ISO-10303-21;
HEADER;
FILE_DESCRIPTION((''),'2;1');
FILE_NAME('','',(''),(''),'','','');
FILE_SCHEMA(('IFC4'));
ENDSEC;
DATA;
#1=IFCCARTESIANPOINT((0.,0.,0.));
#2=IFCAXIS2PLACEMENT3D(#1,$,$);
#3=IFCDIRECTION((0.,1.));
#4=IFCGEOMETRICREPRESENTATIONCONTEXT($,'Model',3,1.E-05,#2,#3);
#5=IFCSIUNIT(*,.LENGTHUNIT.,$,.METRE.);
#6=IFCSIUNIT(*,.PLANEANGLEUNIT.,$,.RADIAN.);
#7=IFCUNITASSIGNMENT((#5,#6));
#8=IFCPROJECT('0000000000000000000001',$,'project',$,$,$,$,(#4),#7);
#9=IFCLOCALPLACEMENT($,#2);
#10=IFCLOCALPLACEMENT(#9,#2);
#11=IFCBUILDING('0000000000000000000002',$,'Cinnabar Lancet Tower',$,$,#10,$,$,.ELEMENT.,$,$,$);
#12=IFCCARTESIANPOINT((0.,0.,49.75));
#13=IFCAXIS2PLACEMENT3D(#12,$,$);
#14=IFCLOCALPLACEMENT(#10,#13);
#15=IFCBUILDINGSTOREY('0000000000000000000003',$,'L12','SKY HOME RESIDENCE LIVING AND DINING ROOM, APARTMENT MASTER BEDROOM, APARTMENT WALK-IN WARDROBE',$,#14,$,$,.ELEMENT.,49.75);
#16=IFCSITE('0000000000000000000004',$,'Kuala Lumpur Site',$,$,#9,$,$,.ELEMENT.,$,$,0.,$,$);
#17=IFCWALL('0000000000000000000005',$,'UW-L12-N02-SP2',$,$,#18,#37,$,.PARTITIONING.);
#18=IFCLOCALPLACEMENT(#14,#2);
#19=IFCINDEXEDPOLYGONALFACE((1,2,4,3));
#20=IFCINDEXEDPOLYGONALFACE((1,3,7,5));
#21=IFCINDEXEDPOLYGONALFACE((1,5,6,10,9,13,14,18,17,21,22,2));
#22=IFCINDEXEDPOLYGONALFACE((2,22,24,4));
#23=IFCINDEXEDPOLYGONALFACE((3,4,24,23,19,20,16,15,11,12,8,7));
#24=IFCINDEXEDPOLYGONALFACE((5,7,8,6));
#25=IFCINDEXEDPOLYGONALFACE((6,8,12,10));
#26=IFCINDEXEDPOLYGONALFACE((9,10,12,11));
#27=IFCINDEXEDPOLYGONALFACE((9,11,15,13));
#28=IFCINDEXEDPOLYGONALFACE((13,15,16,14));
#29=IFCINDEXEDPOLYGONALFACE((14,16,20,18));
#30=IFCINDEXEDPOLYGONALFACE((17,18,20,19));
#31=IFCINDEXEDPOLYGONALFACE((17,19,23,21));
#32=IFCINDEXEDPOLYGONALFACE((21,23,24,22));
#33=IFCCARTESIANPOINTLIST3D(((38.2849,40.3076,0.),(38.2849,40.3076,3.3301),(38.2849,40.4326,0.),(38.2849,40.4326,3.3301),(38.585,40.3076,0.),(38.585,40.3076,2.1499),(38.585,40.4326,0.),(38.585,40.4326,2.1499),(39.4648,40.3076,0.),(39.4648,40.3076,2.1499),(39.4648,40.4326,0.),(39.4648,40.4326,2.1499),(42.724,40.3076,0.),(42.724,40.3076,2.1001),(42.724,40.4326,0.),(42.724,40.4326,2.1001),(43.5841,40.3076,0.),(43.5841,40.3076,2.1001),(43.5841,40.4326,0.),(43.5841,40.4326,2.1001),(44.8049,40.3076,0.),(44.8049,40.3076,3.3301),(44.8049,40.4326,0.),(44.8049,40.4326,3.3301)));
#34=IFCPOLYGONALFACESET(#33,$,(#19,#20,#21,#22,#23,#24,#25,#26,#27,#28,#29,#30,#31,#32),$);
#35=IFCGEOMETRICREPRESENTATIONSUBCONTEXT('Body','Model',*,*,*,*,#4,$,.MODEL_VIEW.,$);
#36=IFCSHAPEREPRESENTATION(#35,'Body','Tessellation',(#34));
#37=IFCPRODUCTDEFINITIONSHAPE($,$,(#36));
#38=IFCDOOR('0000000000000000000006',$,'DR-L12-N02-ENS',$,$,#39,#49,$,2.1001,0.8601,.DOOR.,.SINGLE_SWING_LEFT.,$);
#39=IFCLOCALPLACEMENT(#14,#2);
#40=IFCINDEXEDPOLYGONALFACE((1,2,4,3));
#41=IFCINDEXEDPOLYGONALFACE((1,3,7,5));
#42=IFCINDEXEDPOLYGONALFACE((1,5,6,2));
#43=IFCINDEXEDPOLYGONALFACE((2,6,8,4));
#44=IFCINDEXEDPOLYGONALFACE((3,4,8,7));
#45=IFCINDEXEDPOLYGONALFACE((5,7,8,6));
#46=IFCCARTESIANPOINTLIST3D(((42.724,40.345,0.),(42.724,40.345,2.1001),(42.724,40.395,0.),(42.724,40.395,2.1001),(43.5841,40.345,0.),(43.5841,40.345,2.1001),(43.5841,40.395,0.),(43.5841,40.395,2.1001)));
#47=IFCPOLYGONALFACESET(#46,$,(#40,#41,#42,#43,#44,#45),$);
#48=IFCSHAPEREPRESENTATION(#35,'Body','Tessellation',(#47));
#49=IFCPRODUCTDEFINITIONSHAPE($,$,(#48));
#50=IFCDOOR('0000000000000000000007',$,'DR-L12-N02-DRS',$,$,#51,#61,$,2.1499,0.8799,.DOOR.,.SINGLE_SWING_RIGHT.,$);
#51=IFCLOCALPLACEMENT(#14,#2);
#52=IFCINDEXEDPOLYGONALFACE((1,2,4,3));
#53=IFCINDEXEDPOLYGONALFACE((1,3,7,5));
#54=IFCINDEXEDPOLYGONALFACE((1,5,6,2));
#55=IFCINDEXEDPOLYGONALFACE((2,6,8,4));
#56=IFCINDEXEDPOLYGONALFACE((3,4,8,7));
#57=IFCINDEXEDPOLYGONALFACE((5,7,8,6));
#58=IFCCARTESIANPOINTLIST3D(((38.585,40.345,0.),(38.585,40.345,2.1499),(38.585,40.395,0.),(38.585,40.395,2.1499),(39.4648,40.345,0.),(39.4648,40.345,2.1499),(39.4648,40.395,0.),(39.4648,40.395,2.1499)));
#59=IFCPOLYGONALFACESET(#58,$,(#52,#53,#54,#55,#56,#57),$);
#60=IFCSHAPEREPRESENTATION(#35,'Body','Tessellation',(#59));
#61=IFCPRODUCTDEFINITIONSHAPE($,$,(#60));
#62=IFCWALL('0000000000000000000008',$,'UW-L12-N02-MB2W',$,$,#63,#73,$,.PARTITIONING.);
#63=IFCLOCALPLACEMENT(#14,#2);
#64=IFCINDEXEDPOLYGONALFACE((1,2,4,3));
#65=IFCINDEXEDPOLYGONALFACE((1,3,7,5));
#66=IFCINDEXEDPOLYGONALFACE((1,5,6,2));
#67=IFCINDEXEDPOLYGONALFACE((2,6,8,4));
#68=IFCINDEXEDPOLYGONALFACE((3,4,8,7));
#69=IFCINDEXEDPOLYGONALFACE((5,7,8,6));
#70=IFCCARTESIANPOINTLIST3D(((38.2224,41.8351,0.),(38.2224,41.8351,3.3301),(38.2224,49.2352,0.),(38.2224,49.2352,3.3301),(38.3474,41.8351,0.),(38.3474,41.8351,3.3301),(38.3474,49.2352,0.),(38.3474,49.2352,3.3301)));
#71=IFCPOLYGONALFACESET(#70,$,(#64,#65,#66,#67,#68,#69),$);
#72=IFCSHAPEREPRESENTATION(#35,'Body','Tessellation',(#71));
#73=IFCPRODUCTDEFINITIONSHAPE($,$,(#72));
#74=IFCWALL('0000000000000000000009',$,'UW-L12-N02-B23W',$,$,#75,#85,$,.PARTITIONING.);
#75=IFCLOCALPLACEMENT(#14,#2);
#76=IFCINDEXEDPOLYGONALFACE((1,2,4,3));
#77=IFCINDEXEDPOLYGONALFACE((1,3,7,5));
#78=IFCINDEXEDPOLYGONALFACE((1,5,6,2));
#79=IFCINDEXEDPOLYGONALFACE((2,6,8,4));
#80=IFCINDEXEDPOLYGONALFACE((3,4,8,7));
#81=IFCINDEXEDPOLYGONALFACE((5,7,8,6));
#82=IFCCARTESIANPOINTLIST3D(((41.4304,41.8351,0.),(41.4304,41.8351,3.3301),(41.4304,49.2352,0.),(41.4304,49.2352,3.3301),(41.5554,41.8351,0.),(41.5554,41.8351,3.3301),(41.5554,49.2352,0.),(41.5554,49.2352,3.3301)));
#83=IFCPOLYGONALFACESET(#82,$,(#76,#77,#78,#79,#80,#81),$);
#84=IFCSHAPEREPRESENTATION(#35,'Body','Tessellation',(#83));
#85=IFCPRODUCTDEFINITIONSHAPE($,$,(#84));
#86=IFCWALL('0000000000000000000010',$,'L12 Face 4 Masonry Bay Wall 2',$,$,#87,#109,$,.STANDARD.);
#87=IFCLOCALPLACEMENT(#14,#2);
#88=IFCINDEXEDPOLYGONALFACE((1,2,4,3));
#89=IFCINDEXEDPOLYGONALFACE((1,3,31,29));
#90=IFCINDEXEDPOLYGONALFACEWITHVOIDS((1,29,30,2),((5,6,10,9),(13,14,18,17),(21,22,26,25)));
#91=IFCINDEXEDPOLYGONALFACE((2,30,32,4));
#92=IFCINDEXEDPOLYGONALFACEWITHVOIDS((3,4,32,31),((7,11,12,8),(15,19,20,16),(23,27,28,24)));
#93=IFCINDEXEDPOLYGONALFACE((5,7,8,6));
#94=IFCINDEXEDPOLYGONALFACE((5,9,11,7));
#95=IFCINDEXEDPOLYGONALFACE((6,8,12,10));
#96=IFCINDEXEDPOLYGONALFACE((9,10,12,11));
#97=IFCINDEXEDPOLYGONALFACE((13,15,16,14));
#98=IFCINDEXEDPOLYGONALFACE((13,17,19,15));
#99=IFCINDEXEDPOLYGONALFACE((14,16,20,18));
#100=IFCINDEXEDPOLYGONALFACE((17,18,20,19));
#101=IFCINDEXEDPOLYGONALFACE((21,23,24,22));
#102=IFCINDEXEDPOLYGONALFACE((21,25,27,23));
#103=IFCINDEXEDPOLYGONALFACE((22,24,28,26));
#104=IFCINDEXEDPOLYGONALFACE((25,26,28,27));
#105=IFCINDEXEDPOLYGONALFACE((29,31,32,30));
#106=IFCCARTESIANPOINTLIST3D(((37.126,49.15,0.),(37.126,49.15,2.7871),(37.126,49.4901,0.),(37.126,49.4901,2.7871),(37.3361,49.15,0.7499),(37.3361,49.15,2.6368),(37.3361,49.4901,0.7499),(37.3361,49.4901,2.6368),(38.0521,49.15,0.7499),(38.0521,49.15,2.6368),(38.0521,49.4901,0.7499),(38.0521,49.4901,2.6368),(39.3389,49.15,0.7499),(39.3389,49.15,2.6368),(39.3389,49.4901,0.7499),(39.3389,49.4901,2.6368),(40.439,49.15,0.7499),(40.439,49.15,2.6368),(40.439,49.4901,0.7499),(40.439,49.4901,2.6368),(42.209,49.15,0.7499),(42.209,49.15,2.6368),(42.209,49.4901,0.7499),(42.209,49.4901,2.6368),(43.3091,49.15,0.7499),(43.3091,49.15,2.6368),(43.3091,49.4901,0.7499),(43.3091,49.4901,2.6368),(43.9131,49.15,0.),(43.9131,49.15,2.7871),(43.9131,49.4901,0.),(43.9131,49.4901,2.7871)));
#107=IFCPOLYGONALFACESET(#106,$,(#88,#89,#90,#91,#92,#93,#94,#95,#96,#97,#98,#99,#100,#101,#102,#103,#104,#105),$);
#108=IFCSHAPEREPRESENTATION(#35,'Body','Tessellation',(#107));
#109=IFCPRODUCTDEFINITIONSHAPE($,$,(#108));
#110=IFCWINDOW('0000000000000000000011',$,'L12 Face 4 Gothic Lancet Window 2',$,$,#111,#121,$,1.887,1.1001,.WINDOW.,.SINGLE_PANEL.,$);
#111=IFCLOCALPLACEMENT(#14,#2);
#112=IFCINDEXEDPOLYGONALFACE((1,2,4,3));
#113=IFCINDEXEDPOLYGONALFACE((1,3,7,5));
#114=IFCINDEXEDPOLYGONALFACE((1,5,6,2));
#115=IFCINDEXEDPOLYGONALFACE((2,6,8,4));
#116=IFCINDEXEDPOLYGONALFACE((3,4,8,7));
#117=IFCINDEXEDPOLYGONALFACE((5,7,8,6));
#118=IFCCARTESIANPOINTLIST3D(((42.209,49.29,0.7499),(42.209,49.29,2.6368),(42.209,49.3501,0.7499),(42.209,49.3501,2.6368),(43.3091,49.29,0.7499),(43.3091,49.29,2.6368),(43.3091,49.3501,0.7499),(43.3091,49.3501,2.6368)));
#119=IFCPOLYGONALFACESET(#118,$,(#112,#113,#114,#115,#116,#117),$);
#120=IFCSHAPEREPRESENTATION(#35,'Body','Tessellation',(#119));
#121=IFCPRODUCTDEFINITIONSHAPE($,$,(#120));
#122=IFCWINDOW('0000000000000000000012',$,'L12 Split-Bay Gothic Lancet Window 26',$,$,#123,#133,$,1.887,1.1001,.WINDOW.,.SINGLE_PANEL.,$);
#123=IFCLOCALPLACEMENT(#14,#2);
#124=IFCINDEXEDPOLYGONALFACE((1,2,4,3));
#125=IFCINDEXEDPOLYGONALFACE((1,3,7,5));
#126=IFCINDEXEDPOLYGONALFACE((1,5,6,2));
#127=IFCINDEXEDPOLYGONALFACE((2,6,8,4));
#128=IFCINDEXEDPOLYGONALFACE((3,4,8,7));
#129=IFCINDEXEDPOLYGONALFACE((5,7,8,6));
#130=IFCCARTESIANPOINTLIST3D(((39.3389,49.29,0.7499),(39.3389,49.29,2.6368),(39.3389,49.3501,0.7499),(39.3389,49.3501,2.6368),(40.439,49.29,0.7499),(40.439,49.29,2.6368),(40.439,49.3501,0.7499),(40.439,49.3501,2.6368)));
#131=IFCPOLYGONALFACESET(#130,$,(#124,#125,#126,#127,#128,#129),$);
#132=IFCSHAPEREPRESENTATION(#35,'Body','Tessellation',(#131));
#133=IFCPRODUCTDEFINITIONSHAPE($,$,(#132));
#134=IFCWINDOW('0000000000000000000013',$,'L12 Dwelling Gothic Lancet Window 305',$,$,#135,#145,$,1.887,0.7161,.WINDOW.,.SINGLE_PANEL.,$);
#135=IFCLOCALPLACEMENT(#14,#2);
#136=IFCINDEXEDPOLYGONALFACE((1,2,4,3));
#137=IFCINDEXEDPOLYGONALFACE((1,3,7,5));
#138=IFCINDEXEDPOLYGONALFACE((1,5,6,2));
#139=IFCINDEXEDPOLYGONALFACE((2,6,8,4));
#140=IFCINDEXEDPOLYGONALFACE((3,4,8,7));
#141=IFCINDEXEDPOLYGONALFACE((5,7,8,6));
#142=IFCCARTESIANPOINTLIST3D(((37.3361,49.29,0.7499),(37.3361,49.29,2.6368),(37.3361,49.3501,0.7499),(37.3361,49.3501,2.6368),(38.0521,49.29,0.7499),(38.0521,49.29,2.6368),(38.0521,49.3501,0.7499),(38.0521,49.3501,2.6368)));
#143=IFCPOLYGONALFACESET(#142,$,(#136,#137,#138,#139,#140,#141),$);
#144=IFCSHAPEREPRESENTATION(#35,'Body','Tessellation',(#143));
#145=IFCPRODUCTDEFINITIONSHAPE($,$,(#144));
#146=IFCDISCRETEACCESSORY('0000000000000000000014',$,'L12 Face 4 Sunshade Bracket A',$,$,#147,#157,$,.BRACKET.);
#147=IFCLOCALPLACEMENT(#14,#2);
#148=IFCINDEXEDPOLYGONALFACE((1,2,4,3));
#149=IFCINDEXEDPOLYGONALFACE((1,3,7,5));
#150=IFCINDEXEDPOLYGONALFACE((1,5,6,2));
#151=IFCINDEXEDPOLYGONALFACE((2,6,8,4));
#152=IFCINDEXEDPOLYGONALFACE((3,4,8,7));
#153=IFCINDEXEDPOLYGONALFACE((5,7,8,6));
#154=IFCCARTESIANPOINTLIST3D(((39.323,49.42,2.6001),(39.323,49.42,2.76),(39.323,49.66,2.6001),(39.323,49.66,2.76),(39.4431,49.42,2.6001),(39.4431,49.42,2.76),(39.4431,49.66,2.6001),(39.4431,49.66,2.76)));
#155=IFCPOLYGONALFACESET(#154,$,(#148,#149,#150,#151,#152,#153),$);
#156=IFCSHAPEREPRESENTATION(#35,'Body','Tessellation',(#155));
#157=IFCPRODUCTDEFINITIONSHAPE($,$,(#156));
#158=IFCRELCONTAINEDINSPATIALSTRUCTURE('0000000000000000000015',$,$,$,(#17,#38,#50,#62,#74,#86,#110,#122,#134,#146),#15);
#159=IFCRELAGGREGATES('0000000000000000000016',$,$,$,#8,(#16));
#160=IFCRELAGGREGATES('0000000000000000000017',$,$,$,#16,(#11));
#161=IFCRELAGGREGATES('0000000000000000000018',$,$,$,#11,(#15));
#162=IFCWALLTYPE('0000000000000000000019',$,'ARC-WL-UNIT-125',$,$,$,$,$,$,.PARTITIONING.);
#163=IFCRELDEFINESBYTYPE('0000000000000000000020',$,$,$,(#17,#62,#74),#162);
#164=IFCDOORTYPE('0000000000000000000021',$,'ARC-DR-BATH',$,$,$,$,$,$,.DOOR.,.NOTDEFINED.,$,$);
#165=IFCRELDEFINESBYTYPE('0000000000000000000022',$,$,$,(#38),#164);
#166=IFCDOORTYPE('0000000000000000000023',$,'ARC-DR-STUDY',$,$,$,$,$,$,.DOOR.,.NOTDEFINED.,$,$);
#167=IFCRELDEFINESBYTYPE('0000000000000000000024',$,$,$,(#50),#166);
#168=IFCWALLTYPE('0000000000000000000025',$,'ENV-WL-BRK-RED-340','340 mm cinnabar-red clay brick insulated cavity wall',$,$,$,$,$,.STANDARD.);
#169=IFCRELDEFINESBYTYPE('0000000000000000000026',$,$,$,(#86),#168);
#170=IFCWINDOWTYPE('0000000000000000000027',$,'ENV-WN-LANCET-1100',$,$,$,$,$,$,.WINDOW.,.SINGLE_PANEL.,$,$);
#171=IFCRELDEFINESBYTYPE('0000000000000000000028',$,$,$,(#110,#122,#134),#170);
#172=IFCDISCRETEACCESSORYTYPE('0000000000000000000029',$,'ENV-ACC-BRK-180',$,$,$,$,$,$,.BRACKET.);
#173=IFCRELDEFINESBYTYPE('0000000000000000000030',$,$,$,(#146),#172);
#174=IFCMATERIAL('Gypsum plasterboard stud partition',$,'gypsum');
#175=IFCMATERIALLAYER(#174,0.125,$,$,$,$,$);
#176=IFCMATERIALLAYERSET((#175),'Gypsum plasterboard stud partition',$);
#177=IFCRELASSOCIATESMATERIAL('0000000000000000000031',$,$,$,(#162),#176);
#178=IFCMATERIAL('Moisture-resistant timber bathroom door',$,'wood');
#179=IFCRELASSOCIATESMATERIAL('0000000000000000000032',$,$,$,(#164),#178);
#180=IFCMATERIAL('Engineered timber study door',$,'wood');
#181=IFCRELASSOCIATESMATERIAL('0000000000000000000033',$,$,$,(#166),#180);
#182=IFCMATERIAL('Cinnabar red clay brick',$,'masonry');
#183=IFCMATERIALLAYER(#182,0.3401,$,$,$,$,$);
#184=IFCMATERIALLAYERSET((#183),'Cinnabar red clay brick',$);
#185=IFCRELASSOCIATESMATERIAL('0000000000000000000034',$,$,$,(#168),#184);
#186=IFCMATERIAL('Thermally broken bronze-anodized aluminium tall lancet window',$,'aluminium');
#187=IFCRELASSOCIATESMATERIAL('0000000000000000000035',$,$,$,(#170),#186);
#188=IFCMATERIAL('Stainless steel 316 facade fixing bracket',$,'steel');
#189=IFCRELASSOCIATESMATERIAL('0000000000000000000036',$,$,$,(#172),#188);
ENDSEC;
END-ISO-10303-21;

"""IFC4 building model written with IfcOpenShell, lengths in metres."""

from ifc_helpers import new_model, si_unit, direction, frame, frame_2d, origin, origin_2d, place, context, subcontext, project, spatial, rectangle, extrude, material, layer, layer_set, type_object, element, fill, save


model = new_model("IFC4")

# Units and contexts
model_context = context("Model", 3, precision=1e-05, world=origin(), true_north=direction((0.0, 1.0)))
body_context = subcontext(model_context, "Body", "Model", "MODEL_VIEW")
ifc_project = project(units=[si_unit("LENGTHUNIT", "METRE"), si_unit("PLANEANGLEUNIT", "RADIAN")], contexts=[model_context])

# Site, building, storey
site_placement = place(None, origin())
site = spatial("IfcSite", under=ifc_project, at=site_placement, Name="Kuala Lumpur Site", CompositionType="ELEMENT", RefElevation=0.0)
building_placement = place(site_placement, origin())
building = spatial("IfcBuilding", under=site, at=building_placement, Name="Cinnabar Lancet Tower", CompositionType="ELEMENT")
storey_placement = place(building_placement, frame((0.0, 0.0, 49.75)))
storey = spatial("IfcBuildingStorey", under=building, at=storey_placement, Name="L12", Description="SKY HOME RESIDENCE LIVING AND DINING ROOM, APARTMENT MASTER BEDROOM, APARTMENT WALK-IN WARDROBE", CompositionType="ELEMENT", Elevation=49.75)

# Wall, openings, doors
ifc_material_1 = material(Name="Gypsum plasterboard stud partition", Category="gypsum")
ifc_layer_1 = layer(ifc_material_1, 0.125)
ifc_layer_set_1 = layer_set([ifc_layer_1], Name="Gypsum plasterboard stud partition")
wall_type_1 = type_object("IfcWallType", Name="ARC-WL-UNIT-125", PredefinedType="PARTITIONING", material=ifc_layer_set_1)
wall_1_placement = place(storey_placement, frame((38.2849, 40.3701, 0.0), z_axis=(0.0, 0.0, 1.0), x_axis=(1.0, 0.0, 0.0)))
wall_1 = element("IfcWall", 1, at=wall_1_placement, inside=storey, type_object=wall_type_1, Name="UW-L12-N02-SP2", PredefinedType="PARTITIONING", context=body_context, shape_type="SweptSolid", body=[
    extrude(rectangle(XDim=6.52, YDim=0.125, at=frame_2d((3.26, 0.0))), origin(), (0.0, 0.0, 1.0), 3.3301),
])
opening_1_placement = place(wall_1_placement, frame((4.439, 0.0, 0.0)))
opening_1 = element("IfcOpeningElement", 2, at=opening_1_placement, cuts=wall_1, PredefinedType="OPENING", context=body_context, shape_type="SweptSolid", body=[
    extrude(rectangle(XDim=0.8601, YDim=2.1001, at=frame_2d((0.4302, 1.05))), frame((0.0, 0.0725, 0.0), z_axis=(0.0, -1.0, 0.0), x_axis=(1.0, 0.0, 0.0)), (0.0, 0.0, 1.0), 0.145),
])
opening_2_placement = place(wall_1_placement, frame((0.3, 0.0, 0.0)))
opening_2 = element("IfcOpeningElement", 3, at=opening_2_placement, cuts=wall_1, PredefinedType="OPENING", context=body_context, shape_type="SweptSolid", body=[
    extrude(rectangle(XDim=0.8799, YDim=2.1499, at=frame_2d((0.4399, 1.075))), frame((0.0, 0.0725, 0.0), z_axis=(0.0, -1.0, 0.0), x_axis=(1.0, 0.0, 0.0)), (0.0, 0.0, 1.0), 0.145),
])
ifc_material_2 = material(Name="Moisture-resistant timber bathroom door", Category="wood")
door_type_1 = type_object("IfcDoorType", Name="ARC-DR-BATH", OperationType="NOTDEFINED", PredefinedType="DOOR", material=ifc_material_2)
door_1_placement = place(opening_1_placement, origin())
door_1 = element("IfcDoor", 4, at=door_1_placement, inside=storey, type_object=door_type_1, Name="DR-L12-N02-ENS", OperationType="SINGLE_SWING_LEFT", OverallHeight=2.1001, OverallWidth=0.8601, PredefinedType="DOOR", context=body_context, shape_type="SweptSolid", body=[
    extrude(rectangle(XDim=0.8601, YDim=2.1001, at=frame_2d((0.4302, 1.05))), frame((0.0, 0.0249, 0.0), z_axis=(0.0, -1.0, 0.0), x_axis=(1.0, 0.0, 0.0)), (0.0, 0.0, 1.0), 0.05),
])
fill(opening_1, door_1)
ifc_material_3 = material(Name="Engineered timber study door", Category="wood")
door_type_2 = type_object("IfcDoorType", Name="ARC-DR-STUDY", OperationType="NOTDEFINED", PredefinedType="DOOR", material=ifc_material_3)
door_2_placement = place(opening_2_placement, origin())
door_2 = element("IfcDoor", 5, at=door_2_placement, inside=storey, type_object=door_type_2, Name="DR-L12-N02-DRS", OperationType="SINGLE_SWING_RIGHT", OverallHeight=2.1499, OverallWidth=0.8799, PredefinedType="DOOR", context=body_context, shape_type="SweptSolid", body=[
    extrude(rectangle(XDim=0.8799, YDim=2.1499, at=frame_2d((0.4399, 1.075))), frame((0.0, 0.0249, 0.0), z_axis=(0.0, -1.0, 0.0), x_axis=(1.0, 0.0, 0.0)), (0.0, 0.0, 1.0), 0.05),
])
fill(opening_2, door_2)

# Walls
for number, where, z_axis, x_axis, name in (
    (6, (38.2849, 41.835, 0.0), (0.0, 0.0, 1.0), (0.0, 1.0, 0.0), "UW-L12-N02-MB2W"),
    (7, (41.4929, 41.835, 0.0), (0.0, 0.0, 1.0), (0.0, 1.0, 0.0), "UW-L12-N02-B23W"),
):
    element("IfcWall", number, at=place(storey_placement, frame(where, z_axis=z_axis, x_axis=x_axis)), inside=storey, type_object=wall_type_1, Name=name, PredefinedType="PARTITIONING", context=body_context, shape_type="SweptSolid", body=[
        extrude(rectangle(XDim=7.4001, YDim=0.125, at=frame_2d((3.7002, 0.0))), origin(), (0.0, 0.0, 1.0), 3.3301),
    ])

# Wall, openings, windows
ifc_material_4 = material(Name="Cinnabar red clay brick", Category="masonry")
ifc_layer_2 = layer(ifc_material_4, 0.3401)
ifc_layer_set_2 = layer_set([ifc_layer_2], Name="Cinnabar red clay brick")
wall_type_2 = type_object("IfcWallType", Name="ENV-WL-BRK-RED-340", Description="340 mm cinnabar-red clay brick insulated cavity wall", PredefinedType="STANDARD", material=ifc_layer_set_2)
wall_2_placement = place(storey_placement, frame((43.9131, 49.3201, 0.0), z_axis=(0.0, 0.0, 1.0), x_axis=(-1.0, 0.0, 0.0)))
wall_2 = element("IfcWall", 8, at=wall_2_placement, inside=storey, type_object=wall_type_2, Name="L12 Face 4 Masonry Bay Wall 2", PredefinedType="STANDARD", context=body_context, shape_type="SweptSolid", body=[
    extrude(rectangle(XDim=6.7871, YDim=0.3401, at=frame_2d((3.3936, 0.0))), origin(), (0.0, 0.0, 1.0), 2.7871),
])
opening_3_placement = place(wall_2_placement, frame((0.604, 0.0, 0.75)))
opening_3 = element("IfcOpeningElement", 9, at=opening_3_placement, cuts=wall_2, PredefinedType="OPENING", context=body_context, shape_type="SweptSolid", body=[
    extrude(rectangle(XDim=1.1001, YDim=1.887, at=frame_2d((0.55, 0.9434))), frame((0.0, 0.1799, 0.0), z_axis=(0.0, -1.0, 0.0), x_axis=(1.0, 0.0, 0.0)), (0.0, 0.0, 1.0), 0.3601),
])
opening_4_placement = place(wall_2_placement, frame((3.4741, 0.0, 0.75)))
opening_4 = element("IfcOpeningElement", 10, at=opening_4_placement, cuts=wall_2, PredefinedType="OPENING", context=body_context, shape_type="SweptSolid", body=[
    extrude(rectangle(XDim=1.1001, YDim=1.887, at=frame_2d((0.55, 0.9434))), frame((0.0, 0.1799, 0.0), z_axis=(0.0, -1.0, 0.0), x_axis=(1.0, 0.0, 0.0)), (0.0, 0.0, 1.0), 0.3601),
])
opening_5_placement = place(wall_2_placement, frame((5.8611, 0.0, 0.75)))
opening_5 = element("IfcOpeningElement", 11, at=opening_5_placement, cuts=wall_2, PredefinedType="OPENING", context=body_context, shape_type="SweptSolid", body=[
    extrude(rectangle(XDim=0.7161, YDim=1.887, at=frame_2d((0.3579, 0.9434))), frame((0.0, 0.1799, 0.0), z_axis=(0.0, -1.0, 0.0), x_axis=(1.0, 0.0, 0.0)), (0.0, 0.0, 1.0), 0.3601),
])
ifc_material_5 = material(Name="Thermally broken bronze-anodized aluminium tall lancet window", Category="aluminium")
window_type = type_object("IfcWindowType", Name="ENV-WN-LANCET-1100", PartitioningType="SINGLE_PANEL", PredefinedType="WINDOW", material=ifc_material_5)
window_1_placement = place(opening_3_placement, origin())
window_1 = element("IfcWindow", 12, at=window_1_placement, inside=storey, type_object=window_type, Name="L12 Face 4 Gothic Lancet Window 2", OverallHeight=1.887, OverallWidth=1.1001, PartitioningType="SINGLE_PANEL", PredefinedType="WINDOW", context=body_context, shape_type="SweptSolid", body=[
    extrude(rectangle(XDim=1.1001, YDim=1.887, at=frame_2d((0.55, 0.9434))), frame((0.0, 0.03, 0.0), z_axis=(0.0, -1.0, 0.0), x_axis=(1.0, 0.0, 0.0)), (0.0, 0.0, 1.0), 0.0601),
])
fill(opening_3, window_1)
window_2_placement = place(opening_4_placement, origin())
window_2 = element("IfcWindow", 13, at=window_2_placement, inside=storey, type_object=window_type, Name="L12 Split-Bay Gothic Lancet Window 26", OverallHeight=1.887, OverallWidth=1.1001, PartitioningType="SINGLE_PANEL", PredefinedType="WINDOW", context=body_context, shape_type="SweptSolid", body=[
    extrude(rectangle(XDim=1.1001, YDim=1.887, at=frame_2d((0.55, 0.9434))), frame((0.0, 0.03, 0.0), z_axis=(0.0, -1.0, 0.0), x_axis=(1.0, 0.0, 0.0)), (0.0, 0.0, 1.0), 0.0601),
])
fill(opening_4, window_2)
window_3_placement = place(opening_5_placement, origin())
window_3 = element("IfcWindow", 14, at=window_3_placement, inside=storey, type_object=window_type, Name="L12 Dwelling Gothic Lancet Window 305", OverallHeight=1.887, OverallWidth=0.7161, PartitioningType="SINGLE_PANEL", PredefinedType="WINDOW", context=body_context, shape_type="SweptSolid", body=[
    extrude(rectangle(XDim=0.7161, YDim=1.887, at=frame_2d((0.3579, 0.9434))), frame((0.0, 0.03, 0.0), z_axis=(0.0, -1.0, 0.0), x_axis=(1.0, 0.0, 0.0)), (0.0, 0.0, 1.0), 0.0601),
])
fill(opening_5, window_3)

# Discrete accessory
ifc_material_6 = material(Name="Stainless steel 316 facade fixing bracket", Category="steel")
discrete_accessory_type = type_object("IfcDiscreteAccessoryType", Name="ENV-ACC-BRK-180", PredefinedType="BRACKET", material=ifc_material_6)
discrete_accessory_placement = place(storey_placement, frame((39.3831, 49.54, 2.6001), z_axis=(0.0, 0.0, 1.0), x_axis=(-1.0, 0.0, 0.0)))
element("IfcDiscreteAccessory", 15, at=discrete_accessory_placement, inside=storey, type_object=discrete_accessory_type, Name="L12 Face 4 Sunshade Bracket A", PredefinedType="BRACKET", context=body_context, shape_type="SweptSolid", body=[
    extrude(rectangle(XDim=0.1201, YDim=0.24, at=origin_2d()), origin(), (0.0, 0.0, 1.0), 0.1599),
])

save(model, "model.ifc")
